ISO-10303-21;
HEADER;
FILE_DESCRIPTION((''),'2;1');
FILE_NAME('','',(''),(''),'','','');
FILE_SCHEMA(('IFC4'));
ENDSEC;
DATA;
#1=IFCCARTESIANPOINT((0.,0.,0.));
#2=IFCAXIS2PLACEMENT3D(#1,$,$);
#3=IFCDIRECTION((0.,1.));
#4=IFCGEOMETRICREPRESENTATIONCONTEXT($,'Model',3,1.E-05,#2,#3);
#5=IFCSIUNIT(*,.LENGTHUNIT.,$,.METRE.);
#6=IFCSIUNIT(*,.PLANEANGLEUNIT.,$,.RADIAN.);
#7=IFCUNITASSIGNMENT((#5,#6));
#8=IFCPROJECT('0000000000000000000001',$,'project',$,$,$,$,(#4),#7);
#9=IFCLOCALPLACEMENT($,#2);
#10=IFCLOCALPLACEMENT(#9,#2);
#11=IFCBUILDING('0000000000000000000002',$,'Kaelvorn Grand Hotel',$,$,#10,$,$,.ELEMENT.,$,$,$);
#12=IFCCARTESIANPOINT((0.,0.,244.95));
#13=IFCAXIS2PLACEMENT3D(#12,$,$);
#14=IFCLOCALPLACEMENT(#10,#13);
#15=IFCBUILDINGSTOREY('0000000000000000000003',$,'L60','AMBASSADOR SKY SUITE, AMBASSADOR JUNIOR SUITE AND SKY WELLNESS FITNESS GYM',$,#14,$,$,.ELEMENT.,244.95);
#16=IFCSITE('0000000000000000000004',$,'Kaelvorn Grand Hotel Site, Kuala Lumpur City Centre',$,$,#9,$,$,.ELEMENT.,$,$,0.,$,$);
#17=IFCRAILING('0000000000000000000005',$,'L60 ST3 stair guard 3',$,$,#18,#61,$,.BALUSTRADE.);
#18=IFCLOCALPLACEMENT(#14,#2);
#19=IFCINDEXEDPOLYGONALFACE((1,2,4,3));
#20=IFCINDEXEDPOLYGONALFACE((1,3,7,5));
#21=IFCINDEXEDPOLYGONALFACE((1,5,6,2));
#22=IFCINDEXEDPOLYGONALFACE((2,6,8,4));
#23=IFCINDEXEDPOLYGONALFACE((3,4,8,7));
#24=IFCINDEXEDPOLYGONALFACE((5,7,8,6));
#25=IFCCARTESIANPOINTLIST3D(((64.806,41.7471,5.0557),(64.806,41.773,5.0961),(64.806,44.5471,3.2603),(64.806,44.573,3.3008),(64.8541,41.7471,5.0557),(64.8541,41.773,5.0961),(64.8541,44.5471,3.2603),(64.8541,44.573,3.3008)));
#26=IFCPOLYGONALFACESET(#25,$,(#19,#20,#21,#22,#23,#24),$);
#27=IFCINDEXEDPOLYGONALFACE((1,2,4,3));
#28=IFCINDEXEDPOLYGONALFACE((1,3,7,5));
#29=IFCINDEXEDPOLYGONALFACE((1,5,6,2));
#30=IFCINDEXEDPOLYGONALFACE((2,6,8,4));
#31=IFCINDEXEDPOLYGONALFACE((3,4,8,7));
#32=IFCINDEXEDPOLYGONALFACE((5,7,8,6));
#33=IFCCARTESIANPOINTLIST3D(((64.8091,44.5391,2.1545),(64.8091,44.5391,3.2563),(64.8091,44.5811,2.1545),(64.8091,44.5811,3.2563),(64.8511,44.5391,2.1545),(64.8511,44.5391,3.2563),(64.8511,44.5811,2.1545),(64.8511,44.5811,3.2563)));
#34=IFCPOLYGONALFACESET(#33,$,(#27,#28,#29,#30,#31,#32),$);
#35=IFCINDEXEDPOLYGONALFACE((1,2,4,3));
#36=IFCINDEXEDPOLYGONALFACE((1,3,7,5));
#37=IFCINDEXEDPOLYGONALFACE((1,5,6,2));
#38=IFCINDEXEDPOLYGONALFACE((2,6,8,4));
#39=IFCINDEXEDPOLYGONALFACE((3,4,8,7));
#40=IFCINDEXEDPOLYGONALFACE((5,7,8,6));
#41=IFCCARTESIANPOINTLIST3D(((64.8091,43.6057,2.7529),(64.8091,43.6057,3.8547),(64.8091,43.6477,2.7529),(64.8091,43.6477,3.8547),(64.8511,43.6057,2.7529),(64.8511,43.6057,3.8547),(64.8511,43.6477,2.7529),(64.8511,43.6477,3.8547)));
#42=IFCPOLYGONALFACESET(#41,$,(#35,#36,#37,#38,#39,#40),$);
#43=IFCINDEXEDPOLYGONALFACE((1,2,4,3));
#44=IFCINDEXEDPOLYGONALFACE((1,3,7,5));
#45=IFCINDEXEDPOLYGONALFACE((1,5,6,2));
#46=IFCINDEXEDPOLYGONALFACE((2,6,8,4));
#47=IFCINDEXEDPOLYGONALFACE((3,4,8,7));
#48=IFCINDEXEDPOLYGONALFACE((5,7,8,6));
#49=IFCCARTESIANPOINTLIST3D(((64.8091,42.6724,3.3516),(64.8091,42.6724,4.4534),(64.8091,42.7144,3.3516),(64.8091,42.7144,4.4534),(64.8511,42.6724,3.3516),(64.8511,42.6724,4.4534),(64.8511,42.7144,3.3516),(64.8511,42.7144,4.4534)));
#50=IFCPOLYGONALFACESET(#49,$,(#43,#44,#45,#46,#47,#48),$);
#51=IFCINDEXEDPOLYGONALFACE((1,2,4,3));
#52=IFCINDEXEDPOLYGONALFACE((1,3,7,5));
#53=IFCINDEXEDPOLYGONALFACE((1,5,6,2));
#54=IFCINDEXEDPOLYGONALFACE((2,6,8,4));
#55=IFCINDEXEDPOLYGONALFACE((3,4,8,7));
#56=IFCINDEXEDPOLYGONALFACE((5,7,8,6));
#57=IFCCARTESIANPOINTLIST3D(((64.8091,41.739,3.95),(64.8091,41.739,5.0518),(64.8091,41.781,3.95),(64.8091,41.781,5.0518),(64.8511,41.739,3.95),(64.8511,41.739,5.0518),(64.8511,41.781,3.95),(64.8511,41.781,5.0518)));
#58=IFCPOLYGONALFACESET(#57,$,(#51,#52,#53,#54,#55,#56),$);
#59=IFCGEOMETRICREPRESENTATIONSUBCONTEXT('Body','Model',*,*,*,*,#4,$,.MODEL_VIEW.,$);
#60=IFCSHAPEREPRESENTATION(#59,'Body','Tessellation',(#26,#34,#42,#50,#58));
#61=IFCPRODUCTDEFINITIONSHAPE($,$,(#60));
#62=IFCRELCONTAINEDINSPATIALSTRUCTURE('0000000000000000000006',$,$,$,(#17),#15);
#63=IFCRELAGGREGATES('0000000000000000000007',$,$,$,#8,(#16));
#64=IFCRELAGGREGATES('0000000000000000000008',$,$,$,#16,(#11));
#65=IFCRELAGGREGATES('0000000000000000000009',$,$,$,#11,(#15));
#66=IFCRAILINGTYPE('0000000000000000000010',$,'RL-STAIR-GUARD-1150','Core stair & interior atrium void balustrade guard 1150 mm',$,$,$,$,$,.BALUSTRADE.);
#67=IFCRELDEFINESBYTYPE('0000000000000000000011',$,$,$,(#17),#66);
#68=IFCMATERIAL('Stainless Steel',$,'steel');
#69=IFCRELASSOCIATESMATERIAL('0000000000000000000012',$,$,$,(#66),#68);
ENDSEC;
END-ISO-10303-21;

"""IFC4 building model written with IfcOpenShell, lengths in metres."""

from ifc_helpers import new_model, si_unit, direction, frame, origin, origin_2d, place, context, subcontext, project, spatial, rectangle, extrude, material, type_object, element, save


model = new_model("IFC4")

# Units and contexts
model_context = context("Model", 3, precision=1e-05, world=origin(), true_north=direction((0.0, 1.0)))
body_context = subcontext(model_context, "Body", "Model", "MODEL_VIEW")
ifc_project = project(units=[si_unit("LENGTHUNIT", "METRE"), si_unit("PLANEANGLEUNIT", "RADIAN")], contexts=[model_context])

# Site, building, storey
site_placement = place(None, origin())
site = spatial("IfcSite", under=ifc_project, at=site_placement, Name="Kaelvorn Grand Hotel Site, Kuala Lumpur City Centre", CompositionType="ELEMENT", RefElevation=0.0)
building_placement = place(site_placement, origin())
building = spatial("IfcBuilding", under=site, at=building_placement, Name="Kaelvorn Grand Hotel", CompositionType="ELEMENT")
storey_placement = place(building_placement, frame((0.0, 0.0, 244.95)))
storey = spatial("IfcBuildingStorey", under=building, at=storey_placement, Name="L60", Description="AMBASSADOR SKY SUITE, AMBASSADOR JUNIOR SUITE AND SKY WELLNESS FITNESS GYM", CompositionType="ELEMENT", Elevation=244.95)

# Shared definitions
ifc_material_1 = material(Name="Stainless Steel", Category="steel")

# Railing
railing_type_1 = type_object("IfcRailingType", Name="RL-STAIR-GUARD-1150", Description="Core stair & interior atrium void balustrade guard 1150 mm", PredefinedType="BALUSTRADE", material=ifc_material_1)
railing_1_placement = place(storey_placement, frame((64.8301, 44.5601, 2.1545)))
element("IfcRailing", 1, at=railing_1_placement, inside=storey, type_object=railing_type_1, Name="L60 ST3 stair guard 3", PredefinedType="BALUSTRADE", context=body_context, shape_type="SweptSolid", body=[
    extrude(rectangle(XDim=0.0481, YDim=0.0481, at=origin_2d()), frame((0.0, 0.0, 1.126), z_axis=(0.0, -0.84181, 0.539774), x_axis=(1.0, 0.0, 0.0)), (0.0, 0.0, 1.0), 3.3262),
    extrude(rectangle(XDim=0.042, YDim=0.042, at=origin_2d()), origin(), (0.0, 0.0, 1.0), 1.1018),
    extrude(rectangle(XDim=0.042, YDim=0.042, at=origin_2d()), frame((0.0, -0.9333, 0.5984)), (0.0, 0.0, 1.0), 1.1018),
    extrude(rectangle(XDim=0.042, YDim=0.042, at=origin_2d()), frame((0.0, -1.8667, 1.197)), (0.0, 0.0, 1.0), 1.1018),
    extrude(rectangle(XDim=0.042, YDim=0.042, at=origin_2d()), frame((0.0, -2.8, 1.7954)), (0.0, 0.0, 1.0), 1.1018),
])

save(model, "model.ifc")
